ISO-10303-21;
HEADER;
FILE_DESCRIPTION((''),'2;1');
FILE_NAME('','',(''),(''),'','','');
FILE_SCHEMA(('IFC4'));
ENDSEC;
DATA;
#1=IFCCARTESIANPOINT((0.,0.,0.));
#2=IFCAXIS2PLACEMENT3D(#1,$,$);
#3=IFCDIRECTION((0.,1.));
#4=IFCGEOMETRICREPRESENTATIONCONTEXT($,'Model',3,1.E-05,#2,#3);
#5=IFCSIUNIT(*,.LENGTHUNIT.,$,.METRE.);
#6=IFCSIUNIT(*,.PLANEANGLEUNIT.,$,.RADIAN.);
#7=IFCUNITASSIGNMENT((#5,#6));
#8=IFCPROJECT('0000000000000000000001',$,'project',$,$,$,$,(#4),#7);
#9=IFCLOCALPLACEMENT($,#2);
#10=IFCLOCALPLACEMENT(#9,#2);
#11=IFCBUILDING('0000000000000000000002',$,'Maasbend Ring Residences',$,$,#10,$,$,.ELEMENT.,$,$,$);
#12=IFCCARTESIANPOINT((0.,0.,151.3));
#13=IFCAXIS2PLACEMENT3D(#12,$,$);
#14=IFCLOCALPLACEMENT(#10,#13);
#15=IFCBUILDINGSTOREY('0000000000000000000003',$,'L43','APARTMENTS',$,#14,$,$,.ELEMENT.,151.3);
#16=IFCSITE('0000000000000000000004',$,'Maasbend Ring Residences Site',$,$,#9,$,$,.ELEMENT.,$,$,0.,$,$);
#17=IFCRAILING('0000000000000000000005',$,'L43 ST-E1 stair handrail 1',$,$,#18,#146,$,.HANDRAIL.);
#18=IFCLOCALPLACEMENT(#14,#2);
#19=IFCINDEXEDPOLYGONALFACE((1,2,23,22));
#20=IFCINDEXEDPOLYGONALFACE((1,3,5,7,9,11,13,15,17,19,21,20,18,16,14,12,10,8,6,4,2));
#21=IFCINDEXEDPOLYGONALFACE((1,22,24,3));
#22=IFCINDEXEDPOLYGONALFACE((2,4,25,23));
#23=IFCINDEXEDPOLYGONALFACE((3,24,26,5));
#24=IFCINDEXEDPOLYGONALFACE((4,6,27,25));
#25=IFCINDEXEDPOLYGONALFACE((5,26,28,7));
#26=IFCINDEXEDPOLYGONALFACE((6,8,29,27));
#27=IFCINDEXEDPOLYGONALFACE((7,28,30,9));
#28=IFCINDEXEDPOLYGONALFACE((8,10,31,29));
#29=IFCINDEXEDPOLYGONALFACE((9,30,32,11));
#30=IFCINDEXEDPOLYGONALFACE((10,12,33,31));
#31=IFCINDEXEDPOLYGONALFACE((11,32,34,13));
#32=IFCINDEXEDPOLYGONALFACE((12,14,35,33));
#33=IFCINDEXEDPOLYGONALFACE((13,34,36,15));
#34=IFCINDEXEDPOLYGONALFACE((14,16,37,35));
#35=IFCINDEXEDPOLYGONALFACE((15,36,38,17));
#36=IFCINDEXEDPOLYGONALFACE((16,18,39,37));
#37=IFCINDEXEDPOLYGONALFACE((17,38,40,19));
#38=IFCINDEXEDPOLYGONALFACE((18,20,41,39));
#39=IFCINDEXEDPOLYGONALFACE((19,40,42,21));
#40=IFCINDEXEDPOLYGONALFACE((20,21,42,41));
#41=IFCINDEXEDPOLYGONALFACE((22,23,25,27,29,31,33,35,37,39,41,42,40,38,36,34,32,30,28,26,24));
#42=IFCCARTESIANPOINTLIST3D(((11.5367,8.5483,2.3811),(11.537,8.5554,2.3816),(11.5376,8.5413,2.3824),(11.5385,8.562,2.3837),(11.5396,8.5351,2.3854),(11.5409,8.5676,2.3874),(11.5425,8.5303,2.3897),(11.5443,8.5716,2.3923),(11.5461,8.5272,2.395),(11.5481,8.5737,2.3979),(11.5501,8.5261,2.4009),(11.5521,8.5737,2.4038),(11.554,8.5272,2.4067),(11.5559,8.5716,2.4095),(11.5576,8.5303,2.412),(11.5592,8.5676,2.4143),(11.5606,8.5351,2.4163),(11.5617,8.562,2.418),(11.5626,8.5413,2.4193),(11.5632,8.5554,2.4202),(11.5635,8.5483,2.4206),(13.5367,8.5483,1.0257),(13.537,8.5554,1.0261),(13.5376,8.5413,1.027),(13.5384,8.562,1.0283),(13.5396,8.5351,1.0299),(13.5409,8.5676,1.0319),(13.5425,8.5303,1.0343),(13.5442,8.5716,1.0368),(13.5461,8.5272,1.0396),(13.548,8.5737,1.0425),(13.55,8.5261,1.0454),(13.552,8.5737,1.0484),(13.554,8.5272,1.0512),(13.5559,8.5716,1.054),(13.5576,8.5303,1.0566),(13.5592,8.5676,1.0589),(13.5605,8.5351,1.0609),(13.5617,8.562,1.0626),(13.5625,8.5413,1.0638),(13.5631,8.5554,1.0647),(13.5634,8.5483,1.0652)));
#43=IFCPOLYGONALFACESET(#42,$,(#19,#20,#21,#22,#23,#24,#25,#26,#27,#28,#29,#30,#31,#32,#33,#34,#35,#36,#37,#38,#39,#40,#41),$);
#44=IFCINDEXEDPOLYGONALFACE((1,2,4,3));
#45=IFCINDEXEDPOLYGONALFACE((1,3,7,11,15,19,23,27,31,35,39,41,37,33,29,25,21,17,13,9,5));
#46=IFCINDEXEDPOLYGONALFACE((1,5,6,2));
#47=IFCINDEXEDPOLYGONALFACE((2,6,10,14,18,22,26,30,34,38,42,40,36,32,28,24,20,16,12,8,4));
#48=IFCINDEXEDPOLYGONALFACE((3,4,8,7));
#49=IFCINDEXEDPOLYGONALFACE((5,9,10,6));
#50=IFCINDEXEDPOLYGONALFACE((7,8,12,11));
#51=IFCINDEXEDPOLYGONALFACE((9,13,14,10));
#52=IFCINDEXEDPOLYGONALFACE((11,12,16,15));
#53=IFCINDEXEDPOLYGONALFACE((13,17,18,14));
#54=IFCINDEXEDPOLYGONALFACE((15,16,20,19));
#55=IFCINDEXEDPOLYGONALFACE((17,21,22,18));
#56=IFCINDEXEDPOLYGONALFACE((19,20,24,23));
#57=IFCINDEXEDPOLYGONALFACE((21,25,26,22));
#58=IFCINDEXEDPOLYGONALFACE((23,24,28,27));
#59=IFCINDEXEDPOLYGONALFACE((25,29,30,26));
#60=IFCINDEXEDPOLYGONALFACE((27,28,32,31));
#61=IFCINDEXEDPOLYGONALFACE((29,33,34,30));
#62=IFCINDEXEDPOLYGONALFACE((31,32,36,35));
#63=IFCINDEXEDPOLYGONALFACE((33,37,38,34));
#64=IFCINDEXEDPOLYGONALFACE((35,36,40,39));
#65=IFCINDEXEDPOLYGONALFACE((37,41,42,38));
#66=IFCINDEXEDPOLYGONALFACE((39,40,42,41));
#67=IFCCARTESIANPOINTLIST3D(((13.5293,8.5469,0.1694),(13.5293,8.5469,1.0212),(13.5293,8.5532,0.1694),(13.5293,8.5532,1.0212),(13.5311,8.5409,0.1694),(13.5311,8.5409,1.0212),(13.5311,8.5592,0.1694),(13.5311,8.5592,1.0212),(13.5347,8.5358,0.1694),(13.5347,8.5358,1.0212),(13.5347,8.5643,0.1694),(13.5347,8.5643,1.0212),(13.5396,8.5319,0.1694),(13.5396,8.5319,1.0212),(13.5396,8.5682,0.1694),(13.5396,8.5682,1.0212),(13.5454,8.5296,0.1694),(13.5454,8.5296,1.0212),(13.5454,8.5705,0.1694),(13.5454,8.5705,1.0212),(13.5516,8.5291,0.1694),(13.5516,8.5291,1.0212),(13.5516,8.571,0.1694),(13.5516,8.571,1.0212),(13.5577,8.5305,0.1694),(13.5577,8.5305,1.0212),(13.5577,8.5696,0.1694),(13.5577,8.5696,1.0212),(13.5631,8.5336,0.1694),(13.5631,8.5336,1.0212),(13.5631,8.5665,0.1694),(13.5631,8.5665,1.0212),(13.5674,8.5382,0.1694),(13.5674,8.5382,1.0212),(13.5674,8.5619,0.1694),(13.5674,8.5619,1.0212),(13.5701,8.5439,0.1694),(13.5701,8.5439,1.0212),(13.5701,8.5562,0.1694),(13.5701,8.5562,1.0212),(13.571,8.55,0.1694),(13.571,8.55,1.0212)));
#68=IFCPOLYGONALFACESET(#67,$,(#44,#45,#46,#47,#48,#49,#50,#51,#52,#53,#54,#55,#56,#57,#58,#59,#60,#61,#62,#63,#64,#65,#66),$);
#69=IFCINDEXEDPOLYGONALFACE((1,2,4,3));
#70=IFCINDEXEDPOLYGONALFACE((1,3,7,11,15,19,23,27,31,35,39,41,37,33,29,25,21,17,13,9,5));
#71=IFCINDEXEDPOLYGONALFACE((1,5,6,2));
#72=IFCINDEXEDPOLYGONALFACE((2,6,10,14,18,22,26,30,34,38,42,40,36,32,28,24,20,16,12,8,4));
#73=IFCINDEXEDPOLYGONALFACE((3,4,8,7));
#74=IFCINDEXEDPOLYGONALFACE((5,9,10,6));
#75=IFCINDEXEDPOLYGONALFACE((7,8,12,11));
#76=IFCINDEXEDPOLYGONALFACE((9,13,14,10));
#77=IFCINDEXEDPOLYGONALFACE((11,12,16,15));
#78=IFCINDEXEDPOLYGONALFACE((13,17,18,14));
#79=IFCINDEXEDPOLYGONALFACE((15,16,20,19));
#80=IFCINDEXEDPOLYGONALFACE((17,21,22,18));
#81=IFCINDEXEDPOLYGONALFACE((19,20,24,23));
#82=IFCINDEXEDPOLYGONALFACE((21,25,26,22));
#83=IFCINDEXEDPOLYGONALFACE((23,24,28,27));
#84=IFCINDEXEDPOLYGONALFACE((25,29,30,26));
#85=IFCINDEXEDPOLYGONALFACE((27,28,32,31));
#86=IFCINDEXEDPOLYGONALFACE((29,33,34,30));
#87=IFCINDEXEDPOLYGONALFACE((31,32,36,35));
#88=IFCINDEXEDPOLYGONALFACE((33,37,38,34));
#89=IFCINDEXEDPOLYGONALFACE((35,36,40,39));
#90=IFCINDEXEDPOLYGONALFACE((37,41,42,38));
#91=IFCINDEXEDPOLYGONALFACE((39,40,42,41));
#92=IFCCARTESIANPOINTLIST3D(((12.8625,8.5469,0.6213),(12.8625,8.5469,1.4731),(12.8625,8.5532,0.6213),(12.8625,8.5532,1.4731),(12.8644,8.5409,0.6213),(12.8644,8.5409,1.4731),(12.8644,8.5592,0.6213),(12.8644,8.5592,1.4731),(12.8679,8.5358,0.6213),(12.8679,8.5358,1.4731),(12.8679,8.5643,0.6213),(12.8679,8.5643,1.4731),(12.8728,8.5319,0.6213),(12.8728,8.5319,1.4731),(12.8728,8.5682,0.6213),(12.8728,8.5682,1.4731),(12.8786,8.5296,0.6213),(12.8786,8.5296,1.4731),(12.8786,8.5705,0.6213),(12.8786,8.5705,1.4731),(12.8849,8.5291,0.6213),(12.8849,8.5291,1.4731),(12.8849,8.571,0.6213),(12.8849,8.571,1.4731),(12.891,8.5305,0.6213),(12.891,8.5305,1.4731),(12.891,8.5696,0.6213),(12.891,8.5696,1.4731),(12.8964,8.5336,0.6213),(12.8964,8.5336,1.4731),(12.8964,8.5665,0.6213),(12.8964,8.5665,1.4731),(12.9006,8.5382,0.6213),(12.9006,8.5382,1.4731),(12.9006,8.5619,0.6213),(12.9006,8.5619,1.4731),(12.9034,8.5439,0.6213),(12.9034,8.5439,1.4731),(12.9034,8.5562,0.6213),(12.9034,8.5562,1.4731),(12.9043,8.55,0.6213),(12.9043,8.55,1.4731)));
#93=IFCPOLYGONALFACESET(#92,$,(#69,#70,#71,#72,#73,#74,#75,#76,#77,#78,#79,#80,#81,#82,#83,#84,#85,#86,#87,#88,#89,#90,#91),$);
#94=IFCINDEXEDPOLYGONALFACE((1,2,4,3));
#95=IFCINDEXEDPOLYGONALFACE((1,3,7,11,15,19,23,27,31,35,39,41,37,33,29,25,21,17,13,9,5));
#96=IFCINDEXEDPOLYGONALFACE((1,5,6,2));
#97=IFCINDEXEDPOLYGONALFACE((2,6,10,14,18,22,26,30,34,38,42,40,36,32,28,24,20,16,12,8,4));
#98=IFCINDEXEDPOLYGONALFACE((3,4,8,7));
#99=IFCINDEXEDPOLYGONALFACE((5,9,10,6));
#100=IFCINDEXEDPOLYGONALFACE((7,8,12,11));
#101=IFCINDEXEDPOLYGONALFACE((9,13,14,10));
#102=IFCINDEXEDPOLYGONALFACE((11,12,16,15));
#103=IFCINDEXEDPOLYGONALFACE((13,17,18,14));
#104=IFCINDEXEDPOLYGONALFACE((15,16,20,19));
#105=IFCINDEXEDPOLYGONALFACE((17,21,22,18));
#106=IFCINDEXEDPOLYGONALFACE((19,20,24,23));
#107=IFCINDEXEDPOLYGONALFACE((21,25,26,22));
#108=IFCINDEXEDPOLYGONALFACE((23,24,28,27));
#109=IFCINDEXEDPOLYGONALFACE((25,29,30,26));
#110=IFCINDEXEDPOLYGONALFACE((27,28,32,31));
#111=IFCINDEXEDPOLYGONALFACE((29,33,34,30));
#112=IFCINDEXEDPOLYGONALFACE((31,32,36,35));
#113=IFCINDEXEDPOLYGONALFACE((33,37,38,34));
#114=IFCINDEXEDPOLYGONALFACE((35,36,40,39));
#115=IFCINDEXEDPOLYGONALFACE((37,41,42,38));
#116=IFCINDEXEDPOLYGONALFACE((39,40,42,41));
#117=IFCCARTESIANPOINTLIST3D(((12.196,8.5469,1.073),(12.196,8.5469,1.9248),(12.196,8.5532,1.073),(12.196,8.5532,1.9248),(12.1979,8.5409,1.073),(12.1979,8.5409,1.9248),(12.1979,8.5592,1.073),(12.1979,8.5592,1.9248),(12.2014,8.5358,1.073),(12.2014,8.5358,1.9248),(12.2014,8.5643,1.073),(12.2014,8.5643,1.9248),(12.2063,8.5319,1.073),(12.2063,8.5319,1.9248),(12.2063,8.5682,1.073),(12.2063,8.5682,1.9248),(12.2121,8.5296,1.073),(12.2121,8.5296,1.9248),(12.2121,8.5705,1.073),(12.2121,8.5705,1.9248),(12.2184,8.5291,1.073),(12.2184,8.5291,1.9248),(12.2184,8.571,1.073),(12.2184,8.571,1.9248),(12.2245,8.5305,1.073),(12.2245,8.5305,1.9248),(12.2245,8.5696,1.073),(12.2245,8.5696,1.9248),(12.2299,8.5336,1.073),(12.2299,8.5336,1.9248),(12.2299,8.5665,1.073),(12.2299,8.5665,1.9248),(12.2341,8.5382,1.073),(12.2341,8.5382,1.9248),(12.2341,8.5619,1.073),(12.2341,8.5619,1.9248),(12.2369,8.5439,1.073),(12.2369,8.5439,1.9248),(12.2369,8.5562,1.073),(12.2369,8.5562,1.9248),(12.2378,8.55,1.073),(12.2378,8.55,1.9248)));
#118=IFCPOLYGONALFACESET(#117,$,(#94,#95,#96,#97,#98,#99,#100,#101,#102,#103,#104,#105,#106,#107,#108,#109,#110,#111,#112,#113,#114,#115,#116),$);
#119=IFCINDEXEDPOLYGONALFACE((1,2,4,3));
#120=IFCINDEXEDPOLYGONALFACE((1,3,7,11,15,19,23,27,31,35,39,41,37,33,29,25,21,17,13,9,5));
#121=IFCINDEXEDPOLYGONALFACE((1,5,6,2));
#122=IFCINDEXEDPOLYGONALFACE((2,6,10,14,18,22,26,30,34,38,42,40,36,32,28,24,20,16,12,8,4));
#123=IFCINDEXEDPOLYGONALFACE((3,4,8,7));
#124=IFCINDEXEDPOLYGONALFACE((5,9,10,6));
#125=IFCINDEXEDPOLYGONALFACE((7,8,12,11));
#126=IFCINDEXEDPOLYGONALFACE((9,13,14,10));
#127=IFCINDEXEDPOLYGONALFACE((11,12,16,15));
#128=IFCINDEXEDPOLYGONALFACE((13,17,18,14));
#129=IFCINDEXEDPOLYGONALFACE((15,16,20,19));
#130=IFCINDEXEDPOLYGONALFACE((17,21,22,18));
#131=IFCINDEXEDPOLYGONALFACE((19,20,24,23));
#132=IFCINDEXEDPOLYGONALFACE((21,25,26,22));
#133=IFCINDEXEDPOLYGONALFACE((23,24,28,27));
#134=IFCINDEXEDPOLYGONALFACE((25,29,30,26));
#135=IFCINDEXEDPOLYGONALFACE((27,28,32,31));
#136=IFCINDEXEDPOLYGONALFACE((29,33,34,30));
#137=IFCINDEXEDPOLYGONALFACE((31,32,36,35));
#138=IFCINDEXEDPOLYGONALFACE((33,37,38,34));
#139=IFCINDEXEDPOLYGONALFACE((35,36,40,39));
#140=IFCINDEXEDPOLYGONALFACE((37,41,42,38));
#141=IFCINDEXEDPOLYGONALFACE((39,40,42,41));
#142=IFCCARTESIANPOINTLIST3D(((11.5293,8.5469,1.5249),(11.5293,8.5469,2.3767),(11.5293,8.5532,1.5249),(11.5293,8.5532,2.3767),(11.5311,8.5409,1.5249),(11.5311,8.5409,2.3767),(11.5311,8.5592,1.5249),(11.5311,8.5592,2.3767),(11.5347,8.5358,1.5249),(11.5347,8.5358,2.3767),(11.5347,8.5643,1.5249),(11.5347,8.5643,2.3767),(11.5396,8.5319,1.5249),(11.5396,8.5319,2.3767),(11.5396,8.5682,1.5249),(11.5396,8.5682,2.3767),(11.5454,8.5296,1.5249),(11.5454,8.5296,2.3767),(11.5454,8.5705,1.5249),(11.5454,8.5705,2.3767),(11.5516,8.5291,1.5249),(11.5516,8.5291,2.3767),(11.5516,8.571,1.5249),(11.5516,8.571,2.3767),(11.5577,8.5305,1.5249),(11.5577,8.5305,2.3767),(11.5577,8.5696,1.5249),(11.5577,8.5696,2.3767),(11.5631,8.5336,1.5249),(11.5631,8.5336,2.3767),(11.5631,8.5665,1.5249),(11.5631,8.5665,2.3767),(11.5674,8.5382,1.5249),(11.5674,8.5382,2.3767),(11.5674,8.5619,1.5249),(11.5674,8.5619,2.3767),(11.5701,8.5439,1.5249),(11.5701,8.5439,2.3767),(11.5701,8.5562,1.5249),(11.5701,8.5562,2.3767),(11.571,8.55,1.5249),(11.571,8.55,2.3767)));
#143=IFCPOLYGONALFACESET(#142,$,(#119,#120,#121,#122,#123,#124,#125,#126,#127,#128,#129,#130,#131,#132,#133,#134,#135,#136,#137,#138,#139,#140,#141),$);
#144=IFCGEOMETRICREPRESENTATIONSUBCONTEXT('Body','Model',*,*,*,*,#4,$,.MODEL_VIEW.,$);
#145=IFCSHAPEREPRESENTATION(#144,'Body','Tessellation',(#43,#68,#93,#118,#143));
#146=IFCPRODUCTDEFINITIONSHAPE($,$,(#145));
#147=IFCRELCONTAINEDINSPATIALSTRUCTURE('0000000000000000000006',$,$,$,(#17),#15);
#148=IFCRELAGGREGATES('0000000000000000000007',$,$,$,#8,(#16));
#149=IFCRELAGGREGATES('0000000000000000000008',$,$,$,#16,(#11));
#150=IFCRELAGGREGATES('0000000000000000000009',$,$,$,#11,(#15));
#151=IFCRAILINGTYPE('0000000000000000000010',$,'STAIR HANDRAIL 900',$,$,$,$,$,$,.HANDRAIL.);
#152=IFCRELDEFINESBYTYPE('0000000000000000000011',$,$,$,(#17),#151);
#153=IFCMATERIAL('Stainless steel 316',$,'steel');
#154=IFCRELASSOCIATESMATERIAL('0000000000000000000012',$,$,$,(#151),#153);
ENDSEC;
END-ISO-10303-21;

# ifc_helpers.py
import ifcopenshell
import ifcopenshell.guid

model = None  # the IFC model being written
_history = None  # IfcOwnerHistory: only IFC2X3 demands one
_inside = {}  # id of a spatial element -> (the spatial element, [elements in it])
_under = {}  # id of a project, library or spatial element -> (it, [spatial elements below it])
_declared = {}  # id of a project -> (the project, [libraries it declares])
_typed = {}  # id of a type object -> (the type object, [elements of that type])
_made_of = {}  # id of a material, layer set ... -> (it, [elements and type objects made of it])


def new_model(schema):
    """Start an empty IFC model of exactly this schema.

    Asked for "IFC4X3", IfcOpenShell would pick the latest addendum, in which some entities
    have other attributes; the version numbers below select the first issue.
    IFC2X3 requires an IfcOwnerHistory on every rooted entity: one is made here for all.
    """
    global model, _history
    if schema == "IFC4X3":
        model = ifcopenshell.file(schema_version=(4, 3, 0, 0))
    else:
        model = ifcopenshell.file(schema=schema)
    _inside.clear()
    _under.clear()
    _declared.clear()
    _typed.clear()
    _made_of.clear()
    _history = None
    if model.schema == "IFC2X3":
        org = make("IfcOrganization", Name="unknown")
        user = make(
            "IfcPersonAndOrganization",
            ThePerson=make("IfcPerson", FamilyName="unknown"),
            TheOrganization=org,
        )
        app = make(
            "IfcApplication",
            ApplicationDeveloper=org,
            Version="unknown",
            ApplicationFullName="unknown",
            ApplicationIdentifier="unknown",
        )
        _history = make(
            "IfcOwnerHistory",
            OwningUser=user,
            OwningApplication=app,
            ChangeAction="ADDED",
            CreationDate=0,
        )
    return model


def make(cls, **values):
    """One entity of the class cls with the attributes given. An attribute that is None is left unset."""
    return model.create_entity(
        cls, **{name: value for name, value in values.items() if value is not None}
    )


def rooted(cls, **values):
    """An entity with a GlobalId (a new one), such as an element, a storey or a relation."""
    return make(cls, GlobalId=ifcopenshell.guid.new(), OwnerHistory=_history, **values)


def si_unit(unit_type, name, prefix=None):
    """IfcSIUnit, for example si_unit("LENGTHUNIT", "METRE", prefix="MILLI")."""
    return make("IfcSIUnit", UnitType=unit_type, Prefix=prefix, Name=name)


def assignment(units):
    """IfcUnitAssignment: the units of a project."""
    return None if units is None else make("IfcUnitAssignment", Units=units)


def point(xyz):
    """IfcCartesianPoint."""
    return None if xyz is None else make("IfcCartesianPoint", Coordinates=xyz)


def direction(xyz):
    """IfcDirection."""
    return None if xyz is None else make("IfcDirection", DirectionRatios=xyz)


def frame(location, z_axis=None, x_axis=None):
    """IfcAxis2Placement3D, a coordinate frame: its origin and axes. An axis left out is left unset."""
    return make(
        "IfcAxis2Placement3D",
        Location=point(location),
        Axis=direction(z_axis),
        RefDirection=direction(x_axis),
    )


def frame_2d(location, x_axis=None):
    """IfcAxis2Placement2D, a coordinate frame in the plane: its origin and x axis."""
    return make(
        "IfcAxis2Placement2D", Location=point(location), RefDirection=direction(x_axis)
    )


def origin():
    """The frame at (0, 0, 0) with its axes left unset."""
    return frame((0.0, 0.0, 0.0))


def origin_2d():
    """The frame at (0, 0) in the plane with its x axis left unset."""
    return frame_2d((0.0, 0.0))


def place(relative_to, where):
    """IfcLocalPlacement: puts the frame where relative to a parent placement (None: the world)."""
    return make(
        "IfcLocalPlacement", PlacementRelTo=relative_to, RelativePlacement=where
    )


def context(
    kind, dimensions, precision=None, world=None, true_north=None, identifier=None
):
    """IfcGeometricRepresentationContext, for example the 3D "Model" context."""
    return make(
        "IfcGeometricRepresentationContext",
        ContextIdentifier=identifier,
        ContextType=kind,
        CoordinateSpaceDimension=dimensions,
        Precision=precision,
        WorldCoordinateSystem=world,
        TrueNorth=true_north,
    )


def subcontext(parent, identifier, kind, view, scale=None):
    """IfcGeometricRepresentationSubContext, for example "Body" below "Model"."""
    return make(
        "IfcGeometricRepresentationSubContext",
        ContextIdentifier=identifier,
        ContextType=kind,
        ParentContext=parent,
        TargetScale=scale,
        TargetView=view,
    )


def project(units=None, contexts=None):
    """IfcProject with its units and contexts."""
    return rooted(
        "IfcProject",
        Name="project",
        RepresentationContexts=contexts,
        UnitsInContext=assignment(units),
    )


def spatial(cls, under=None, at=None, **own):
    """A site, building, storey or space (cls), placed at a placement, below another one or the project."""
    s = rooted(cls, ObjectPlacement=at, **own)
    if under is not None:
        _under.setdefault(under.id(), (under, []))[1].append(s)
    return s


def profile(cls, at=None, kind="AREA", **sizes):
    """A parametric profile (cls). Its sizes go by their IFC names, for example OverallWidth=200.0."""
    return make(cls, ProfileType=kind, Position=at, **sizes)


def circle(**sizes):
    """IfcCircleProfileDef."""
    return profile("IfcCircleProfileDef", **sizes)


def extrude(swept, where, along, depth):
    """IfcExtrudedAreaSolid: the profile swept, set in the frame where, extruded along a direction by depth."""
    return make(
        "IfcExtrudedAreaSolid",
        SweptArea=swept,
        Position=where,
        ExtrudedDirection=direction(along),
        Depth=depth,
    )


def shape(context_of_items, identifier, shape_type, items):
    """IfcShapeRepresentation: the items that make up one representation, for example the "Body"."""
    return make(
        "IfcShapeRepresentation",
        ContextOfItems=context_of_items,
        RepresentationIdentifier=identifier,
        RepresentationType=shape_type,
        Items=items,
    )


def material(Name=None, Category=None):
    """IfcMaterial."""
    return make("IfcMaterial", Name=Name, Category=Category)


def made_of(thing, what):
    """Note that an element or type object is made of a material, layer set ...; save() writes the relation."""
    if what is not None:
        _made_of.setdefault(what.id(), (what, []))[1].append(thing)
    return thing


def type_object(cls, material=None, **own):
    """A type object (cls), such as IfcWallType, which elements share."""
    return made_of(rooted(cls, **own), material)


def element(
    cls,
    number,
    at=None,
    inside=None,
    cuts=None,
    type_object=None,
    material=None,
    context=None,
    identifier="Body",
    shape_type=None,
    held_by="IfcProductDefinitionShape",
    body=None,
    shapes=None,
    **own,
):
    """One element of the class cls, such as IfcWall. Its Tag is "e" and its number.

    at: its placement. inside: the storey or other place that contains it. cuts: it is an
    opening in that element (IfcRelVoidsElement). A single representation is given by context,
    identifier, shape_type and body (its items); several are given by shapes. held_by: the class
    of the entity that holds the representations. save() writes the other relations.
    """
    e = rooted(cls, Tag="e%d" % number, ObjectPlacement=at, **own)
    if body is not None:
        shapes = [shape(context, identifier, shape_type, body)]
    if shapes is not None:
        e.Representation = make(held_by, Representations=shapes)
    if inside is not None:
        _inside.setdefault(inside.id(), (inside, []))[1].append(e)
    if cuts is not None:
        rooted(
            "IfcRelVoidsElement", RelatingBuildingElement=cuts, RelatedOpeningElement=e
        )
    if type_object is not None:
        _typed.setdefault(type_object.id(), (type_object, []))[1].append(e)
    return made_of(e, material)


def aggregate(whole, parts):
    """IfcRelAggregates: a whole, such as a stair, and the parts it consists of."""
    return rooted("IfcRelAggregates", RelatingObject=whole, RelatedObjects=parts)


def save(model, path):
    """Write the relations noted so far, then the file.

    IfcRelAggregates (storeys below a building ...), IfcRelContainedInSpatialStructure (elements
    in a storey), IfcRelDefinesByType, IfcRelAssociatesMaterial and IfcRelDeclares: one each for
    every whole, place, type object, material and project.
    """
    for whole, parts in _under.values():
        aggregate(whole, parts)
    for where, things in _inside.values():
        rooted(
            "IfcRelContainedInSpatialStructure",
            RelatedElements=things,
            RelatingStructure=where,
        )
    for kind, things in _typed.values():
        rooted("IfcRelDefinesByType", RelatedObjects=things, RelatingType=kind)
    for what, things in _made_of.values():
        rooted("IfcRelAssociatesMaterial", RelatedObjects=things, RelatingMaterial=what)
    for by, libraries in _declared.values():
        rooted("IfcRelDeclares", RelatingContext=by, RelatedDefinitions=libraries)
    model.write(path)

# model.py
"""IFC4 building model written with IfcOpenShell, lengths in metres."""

from ifc_helpers import new_model, si_unit, direction, frame, origin, origin_2d, place, context, subcontext, project, spatial, circle, extrude, material, type_object, element, save


model = new_model("IFC4")

# Units and contexts
model_context = context("Model", 3, precision=1e-05, world=origin(), true_north=direction((0.0, 1.0)))
body_context = subcontext(model_context, "Body", "Model", "MODEL_VIEW")
ifc_project = project(units=[si_unit("LENGTHUNIT", "METRE"), si_unit("PLANEANGLEUNIT", "RADIAN")], contexts=[model_context])

# Site, building, storey
site_placement = place(None, origin())
site = spatial("IfcSite", under=ifc_project, at=site_placement, Name="Maasbend Ring Residences Site", CompositionType="ELEMENT", RefElevation=0.0)
building_placement = place(site_placement, origin())
building = spatial("IfcBuilding", under=site, at=building_placement, Name="Maasbend Ring Residences", CompositionType="ELEMENT")
storey_placement = place(building_placement, frame((0.0, 0.0, 151.3)))
storey = spatial("IfcBuildingStorey", under=building, at=storey_placement, Name="L43", Description="APARTMENTS", CompositionType="ELEMENT", Elevation=151.3)

# Railing
ifc_material_1 = material(Name="Stainless steel 316", Category="steel")
railing_type_1 = type_object("IfcRailingType", Name="STAIR HANDRAIL 900", PredefinedType="HANDRAIL", material=ifc_material_1)
railing_1_placement = place(storey_placement, frame((13.55, 8.55, 0.1694)))
element("IfcRailing", 1, at=railing_1_placement, inside=storey, type_object=railing_type_1, Name="L43 ST-E1 stair handrail 1", PredefinedType="HANDRAIL", context=body_context, shape_type="SweptSolid", body=[
    extrude(circle(Radius=0.0239, at=origin_2d()), frame((0.0, 0.0, 0.876), z_axis=(-0.827798, 0.0, 0.561027), x_axis=(0.0, -1.0, 0.0)), (0.0, 0.0, 1.0), 2.416),
    extrude(circle(Radius=0.021, at=origin_2d()), origin(), (0.0, 0.0, 1.0), 0.8518),
    extrude(circle(Radius=0.021, at=origin_2d()), frame((-0.6667, 0.0, 0.4519)), (0.0, 0.0, 1.0), 0.8518),
    extrude(circle(Radius=0.021, at=origin_2d()), frame((-1.3333, 0.0, 0.9036)), (0.0, 0.0, 1.0), 0.8518),
    extrude(circle(Radius=0.021, at=origin_2d()), frame((-2.0, 0.0, 1.3555)), (0.0, 0.0, 1.0), 0.8518),
])

save(model, "model.ifc")
